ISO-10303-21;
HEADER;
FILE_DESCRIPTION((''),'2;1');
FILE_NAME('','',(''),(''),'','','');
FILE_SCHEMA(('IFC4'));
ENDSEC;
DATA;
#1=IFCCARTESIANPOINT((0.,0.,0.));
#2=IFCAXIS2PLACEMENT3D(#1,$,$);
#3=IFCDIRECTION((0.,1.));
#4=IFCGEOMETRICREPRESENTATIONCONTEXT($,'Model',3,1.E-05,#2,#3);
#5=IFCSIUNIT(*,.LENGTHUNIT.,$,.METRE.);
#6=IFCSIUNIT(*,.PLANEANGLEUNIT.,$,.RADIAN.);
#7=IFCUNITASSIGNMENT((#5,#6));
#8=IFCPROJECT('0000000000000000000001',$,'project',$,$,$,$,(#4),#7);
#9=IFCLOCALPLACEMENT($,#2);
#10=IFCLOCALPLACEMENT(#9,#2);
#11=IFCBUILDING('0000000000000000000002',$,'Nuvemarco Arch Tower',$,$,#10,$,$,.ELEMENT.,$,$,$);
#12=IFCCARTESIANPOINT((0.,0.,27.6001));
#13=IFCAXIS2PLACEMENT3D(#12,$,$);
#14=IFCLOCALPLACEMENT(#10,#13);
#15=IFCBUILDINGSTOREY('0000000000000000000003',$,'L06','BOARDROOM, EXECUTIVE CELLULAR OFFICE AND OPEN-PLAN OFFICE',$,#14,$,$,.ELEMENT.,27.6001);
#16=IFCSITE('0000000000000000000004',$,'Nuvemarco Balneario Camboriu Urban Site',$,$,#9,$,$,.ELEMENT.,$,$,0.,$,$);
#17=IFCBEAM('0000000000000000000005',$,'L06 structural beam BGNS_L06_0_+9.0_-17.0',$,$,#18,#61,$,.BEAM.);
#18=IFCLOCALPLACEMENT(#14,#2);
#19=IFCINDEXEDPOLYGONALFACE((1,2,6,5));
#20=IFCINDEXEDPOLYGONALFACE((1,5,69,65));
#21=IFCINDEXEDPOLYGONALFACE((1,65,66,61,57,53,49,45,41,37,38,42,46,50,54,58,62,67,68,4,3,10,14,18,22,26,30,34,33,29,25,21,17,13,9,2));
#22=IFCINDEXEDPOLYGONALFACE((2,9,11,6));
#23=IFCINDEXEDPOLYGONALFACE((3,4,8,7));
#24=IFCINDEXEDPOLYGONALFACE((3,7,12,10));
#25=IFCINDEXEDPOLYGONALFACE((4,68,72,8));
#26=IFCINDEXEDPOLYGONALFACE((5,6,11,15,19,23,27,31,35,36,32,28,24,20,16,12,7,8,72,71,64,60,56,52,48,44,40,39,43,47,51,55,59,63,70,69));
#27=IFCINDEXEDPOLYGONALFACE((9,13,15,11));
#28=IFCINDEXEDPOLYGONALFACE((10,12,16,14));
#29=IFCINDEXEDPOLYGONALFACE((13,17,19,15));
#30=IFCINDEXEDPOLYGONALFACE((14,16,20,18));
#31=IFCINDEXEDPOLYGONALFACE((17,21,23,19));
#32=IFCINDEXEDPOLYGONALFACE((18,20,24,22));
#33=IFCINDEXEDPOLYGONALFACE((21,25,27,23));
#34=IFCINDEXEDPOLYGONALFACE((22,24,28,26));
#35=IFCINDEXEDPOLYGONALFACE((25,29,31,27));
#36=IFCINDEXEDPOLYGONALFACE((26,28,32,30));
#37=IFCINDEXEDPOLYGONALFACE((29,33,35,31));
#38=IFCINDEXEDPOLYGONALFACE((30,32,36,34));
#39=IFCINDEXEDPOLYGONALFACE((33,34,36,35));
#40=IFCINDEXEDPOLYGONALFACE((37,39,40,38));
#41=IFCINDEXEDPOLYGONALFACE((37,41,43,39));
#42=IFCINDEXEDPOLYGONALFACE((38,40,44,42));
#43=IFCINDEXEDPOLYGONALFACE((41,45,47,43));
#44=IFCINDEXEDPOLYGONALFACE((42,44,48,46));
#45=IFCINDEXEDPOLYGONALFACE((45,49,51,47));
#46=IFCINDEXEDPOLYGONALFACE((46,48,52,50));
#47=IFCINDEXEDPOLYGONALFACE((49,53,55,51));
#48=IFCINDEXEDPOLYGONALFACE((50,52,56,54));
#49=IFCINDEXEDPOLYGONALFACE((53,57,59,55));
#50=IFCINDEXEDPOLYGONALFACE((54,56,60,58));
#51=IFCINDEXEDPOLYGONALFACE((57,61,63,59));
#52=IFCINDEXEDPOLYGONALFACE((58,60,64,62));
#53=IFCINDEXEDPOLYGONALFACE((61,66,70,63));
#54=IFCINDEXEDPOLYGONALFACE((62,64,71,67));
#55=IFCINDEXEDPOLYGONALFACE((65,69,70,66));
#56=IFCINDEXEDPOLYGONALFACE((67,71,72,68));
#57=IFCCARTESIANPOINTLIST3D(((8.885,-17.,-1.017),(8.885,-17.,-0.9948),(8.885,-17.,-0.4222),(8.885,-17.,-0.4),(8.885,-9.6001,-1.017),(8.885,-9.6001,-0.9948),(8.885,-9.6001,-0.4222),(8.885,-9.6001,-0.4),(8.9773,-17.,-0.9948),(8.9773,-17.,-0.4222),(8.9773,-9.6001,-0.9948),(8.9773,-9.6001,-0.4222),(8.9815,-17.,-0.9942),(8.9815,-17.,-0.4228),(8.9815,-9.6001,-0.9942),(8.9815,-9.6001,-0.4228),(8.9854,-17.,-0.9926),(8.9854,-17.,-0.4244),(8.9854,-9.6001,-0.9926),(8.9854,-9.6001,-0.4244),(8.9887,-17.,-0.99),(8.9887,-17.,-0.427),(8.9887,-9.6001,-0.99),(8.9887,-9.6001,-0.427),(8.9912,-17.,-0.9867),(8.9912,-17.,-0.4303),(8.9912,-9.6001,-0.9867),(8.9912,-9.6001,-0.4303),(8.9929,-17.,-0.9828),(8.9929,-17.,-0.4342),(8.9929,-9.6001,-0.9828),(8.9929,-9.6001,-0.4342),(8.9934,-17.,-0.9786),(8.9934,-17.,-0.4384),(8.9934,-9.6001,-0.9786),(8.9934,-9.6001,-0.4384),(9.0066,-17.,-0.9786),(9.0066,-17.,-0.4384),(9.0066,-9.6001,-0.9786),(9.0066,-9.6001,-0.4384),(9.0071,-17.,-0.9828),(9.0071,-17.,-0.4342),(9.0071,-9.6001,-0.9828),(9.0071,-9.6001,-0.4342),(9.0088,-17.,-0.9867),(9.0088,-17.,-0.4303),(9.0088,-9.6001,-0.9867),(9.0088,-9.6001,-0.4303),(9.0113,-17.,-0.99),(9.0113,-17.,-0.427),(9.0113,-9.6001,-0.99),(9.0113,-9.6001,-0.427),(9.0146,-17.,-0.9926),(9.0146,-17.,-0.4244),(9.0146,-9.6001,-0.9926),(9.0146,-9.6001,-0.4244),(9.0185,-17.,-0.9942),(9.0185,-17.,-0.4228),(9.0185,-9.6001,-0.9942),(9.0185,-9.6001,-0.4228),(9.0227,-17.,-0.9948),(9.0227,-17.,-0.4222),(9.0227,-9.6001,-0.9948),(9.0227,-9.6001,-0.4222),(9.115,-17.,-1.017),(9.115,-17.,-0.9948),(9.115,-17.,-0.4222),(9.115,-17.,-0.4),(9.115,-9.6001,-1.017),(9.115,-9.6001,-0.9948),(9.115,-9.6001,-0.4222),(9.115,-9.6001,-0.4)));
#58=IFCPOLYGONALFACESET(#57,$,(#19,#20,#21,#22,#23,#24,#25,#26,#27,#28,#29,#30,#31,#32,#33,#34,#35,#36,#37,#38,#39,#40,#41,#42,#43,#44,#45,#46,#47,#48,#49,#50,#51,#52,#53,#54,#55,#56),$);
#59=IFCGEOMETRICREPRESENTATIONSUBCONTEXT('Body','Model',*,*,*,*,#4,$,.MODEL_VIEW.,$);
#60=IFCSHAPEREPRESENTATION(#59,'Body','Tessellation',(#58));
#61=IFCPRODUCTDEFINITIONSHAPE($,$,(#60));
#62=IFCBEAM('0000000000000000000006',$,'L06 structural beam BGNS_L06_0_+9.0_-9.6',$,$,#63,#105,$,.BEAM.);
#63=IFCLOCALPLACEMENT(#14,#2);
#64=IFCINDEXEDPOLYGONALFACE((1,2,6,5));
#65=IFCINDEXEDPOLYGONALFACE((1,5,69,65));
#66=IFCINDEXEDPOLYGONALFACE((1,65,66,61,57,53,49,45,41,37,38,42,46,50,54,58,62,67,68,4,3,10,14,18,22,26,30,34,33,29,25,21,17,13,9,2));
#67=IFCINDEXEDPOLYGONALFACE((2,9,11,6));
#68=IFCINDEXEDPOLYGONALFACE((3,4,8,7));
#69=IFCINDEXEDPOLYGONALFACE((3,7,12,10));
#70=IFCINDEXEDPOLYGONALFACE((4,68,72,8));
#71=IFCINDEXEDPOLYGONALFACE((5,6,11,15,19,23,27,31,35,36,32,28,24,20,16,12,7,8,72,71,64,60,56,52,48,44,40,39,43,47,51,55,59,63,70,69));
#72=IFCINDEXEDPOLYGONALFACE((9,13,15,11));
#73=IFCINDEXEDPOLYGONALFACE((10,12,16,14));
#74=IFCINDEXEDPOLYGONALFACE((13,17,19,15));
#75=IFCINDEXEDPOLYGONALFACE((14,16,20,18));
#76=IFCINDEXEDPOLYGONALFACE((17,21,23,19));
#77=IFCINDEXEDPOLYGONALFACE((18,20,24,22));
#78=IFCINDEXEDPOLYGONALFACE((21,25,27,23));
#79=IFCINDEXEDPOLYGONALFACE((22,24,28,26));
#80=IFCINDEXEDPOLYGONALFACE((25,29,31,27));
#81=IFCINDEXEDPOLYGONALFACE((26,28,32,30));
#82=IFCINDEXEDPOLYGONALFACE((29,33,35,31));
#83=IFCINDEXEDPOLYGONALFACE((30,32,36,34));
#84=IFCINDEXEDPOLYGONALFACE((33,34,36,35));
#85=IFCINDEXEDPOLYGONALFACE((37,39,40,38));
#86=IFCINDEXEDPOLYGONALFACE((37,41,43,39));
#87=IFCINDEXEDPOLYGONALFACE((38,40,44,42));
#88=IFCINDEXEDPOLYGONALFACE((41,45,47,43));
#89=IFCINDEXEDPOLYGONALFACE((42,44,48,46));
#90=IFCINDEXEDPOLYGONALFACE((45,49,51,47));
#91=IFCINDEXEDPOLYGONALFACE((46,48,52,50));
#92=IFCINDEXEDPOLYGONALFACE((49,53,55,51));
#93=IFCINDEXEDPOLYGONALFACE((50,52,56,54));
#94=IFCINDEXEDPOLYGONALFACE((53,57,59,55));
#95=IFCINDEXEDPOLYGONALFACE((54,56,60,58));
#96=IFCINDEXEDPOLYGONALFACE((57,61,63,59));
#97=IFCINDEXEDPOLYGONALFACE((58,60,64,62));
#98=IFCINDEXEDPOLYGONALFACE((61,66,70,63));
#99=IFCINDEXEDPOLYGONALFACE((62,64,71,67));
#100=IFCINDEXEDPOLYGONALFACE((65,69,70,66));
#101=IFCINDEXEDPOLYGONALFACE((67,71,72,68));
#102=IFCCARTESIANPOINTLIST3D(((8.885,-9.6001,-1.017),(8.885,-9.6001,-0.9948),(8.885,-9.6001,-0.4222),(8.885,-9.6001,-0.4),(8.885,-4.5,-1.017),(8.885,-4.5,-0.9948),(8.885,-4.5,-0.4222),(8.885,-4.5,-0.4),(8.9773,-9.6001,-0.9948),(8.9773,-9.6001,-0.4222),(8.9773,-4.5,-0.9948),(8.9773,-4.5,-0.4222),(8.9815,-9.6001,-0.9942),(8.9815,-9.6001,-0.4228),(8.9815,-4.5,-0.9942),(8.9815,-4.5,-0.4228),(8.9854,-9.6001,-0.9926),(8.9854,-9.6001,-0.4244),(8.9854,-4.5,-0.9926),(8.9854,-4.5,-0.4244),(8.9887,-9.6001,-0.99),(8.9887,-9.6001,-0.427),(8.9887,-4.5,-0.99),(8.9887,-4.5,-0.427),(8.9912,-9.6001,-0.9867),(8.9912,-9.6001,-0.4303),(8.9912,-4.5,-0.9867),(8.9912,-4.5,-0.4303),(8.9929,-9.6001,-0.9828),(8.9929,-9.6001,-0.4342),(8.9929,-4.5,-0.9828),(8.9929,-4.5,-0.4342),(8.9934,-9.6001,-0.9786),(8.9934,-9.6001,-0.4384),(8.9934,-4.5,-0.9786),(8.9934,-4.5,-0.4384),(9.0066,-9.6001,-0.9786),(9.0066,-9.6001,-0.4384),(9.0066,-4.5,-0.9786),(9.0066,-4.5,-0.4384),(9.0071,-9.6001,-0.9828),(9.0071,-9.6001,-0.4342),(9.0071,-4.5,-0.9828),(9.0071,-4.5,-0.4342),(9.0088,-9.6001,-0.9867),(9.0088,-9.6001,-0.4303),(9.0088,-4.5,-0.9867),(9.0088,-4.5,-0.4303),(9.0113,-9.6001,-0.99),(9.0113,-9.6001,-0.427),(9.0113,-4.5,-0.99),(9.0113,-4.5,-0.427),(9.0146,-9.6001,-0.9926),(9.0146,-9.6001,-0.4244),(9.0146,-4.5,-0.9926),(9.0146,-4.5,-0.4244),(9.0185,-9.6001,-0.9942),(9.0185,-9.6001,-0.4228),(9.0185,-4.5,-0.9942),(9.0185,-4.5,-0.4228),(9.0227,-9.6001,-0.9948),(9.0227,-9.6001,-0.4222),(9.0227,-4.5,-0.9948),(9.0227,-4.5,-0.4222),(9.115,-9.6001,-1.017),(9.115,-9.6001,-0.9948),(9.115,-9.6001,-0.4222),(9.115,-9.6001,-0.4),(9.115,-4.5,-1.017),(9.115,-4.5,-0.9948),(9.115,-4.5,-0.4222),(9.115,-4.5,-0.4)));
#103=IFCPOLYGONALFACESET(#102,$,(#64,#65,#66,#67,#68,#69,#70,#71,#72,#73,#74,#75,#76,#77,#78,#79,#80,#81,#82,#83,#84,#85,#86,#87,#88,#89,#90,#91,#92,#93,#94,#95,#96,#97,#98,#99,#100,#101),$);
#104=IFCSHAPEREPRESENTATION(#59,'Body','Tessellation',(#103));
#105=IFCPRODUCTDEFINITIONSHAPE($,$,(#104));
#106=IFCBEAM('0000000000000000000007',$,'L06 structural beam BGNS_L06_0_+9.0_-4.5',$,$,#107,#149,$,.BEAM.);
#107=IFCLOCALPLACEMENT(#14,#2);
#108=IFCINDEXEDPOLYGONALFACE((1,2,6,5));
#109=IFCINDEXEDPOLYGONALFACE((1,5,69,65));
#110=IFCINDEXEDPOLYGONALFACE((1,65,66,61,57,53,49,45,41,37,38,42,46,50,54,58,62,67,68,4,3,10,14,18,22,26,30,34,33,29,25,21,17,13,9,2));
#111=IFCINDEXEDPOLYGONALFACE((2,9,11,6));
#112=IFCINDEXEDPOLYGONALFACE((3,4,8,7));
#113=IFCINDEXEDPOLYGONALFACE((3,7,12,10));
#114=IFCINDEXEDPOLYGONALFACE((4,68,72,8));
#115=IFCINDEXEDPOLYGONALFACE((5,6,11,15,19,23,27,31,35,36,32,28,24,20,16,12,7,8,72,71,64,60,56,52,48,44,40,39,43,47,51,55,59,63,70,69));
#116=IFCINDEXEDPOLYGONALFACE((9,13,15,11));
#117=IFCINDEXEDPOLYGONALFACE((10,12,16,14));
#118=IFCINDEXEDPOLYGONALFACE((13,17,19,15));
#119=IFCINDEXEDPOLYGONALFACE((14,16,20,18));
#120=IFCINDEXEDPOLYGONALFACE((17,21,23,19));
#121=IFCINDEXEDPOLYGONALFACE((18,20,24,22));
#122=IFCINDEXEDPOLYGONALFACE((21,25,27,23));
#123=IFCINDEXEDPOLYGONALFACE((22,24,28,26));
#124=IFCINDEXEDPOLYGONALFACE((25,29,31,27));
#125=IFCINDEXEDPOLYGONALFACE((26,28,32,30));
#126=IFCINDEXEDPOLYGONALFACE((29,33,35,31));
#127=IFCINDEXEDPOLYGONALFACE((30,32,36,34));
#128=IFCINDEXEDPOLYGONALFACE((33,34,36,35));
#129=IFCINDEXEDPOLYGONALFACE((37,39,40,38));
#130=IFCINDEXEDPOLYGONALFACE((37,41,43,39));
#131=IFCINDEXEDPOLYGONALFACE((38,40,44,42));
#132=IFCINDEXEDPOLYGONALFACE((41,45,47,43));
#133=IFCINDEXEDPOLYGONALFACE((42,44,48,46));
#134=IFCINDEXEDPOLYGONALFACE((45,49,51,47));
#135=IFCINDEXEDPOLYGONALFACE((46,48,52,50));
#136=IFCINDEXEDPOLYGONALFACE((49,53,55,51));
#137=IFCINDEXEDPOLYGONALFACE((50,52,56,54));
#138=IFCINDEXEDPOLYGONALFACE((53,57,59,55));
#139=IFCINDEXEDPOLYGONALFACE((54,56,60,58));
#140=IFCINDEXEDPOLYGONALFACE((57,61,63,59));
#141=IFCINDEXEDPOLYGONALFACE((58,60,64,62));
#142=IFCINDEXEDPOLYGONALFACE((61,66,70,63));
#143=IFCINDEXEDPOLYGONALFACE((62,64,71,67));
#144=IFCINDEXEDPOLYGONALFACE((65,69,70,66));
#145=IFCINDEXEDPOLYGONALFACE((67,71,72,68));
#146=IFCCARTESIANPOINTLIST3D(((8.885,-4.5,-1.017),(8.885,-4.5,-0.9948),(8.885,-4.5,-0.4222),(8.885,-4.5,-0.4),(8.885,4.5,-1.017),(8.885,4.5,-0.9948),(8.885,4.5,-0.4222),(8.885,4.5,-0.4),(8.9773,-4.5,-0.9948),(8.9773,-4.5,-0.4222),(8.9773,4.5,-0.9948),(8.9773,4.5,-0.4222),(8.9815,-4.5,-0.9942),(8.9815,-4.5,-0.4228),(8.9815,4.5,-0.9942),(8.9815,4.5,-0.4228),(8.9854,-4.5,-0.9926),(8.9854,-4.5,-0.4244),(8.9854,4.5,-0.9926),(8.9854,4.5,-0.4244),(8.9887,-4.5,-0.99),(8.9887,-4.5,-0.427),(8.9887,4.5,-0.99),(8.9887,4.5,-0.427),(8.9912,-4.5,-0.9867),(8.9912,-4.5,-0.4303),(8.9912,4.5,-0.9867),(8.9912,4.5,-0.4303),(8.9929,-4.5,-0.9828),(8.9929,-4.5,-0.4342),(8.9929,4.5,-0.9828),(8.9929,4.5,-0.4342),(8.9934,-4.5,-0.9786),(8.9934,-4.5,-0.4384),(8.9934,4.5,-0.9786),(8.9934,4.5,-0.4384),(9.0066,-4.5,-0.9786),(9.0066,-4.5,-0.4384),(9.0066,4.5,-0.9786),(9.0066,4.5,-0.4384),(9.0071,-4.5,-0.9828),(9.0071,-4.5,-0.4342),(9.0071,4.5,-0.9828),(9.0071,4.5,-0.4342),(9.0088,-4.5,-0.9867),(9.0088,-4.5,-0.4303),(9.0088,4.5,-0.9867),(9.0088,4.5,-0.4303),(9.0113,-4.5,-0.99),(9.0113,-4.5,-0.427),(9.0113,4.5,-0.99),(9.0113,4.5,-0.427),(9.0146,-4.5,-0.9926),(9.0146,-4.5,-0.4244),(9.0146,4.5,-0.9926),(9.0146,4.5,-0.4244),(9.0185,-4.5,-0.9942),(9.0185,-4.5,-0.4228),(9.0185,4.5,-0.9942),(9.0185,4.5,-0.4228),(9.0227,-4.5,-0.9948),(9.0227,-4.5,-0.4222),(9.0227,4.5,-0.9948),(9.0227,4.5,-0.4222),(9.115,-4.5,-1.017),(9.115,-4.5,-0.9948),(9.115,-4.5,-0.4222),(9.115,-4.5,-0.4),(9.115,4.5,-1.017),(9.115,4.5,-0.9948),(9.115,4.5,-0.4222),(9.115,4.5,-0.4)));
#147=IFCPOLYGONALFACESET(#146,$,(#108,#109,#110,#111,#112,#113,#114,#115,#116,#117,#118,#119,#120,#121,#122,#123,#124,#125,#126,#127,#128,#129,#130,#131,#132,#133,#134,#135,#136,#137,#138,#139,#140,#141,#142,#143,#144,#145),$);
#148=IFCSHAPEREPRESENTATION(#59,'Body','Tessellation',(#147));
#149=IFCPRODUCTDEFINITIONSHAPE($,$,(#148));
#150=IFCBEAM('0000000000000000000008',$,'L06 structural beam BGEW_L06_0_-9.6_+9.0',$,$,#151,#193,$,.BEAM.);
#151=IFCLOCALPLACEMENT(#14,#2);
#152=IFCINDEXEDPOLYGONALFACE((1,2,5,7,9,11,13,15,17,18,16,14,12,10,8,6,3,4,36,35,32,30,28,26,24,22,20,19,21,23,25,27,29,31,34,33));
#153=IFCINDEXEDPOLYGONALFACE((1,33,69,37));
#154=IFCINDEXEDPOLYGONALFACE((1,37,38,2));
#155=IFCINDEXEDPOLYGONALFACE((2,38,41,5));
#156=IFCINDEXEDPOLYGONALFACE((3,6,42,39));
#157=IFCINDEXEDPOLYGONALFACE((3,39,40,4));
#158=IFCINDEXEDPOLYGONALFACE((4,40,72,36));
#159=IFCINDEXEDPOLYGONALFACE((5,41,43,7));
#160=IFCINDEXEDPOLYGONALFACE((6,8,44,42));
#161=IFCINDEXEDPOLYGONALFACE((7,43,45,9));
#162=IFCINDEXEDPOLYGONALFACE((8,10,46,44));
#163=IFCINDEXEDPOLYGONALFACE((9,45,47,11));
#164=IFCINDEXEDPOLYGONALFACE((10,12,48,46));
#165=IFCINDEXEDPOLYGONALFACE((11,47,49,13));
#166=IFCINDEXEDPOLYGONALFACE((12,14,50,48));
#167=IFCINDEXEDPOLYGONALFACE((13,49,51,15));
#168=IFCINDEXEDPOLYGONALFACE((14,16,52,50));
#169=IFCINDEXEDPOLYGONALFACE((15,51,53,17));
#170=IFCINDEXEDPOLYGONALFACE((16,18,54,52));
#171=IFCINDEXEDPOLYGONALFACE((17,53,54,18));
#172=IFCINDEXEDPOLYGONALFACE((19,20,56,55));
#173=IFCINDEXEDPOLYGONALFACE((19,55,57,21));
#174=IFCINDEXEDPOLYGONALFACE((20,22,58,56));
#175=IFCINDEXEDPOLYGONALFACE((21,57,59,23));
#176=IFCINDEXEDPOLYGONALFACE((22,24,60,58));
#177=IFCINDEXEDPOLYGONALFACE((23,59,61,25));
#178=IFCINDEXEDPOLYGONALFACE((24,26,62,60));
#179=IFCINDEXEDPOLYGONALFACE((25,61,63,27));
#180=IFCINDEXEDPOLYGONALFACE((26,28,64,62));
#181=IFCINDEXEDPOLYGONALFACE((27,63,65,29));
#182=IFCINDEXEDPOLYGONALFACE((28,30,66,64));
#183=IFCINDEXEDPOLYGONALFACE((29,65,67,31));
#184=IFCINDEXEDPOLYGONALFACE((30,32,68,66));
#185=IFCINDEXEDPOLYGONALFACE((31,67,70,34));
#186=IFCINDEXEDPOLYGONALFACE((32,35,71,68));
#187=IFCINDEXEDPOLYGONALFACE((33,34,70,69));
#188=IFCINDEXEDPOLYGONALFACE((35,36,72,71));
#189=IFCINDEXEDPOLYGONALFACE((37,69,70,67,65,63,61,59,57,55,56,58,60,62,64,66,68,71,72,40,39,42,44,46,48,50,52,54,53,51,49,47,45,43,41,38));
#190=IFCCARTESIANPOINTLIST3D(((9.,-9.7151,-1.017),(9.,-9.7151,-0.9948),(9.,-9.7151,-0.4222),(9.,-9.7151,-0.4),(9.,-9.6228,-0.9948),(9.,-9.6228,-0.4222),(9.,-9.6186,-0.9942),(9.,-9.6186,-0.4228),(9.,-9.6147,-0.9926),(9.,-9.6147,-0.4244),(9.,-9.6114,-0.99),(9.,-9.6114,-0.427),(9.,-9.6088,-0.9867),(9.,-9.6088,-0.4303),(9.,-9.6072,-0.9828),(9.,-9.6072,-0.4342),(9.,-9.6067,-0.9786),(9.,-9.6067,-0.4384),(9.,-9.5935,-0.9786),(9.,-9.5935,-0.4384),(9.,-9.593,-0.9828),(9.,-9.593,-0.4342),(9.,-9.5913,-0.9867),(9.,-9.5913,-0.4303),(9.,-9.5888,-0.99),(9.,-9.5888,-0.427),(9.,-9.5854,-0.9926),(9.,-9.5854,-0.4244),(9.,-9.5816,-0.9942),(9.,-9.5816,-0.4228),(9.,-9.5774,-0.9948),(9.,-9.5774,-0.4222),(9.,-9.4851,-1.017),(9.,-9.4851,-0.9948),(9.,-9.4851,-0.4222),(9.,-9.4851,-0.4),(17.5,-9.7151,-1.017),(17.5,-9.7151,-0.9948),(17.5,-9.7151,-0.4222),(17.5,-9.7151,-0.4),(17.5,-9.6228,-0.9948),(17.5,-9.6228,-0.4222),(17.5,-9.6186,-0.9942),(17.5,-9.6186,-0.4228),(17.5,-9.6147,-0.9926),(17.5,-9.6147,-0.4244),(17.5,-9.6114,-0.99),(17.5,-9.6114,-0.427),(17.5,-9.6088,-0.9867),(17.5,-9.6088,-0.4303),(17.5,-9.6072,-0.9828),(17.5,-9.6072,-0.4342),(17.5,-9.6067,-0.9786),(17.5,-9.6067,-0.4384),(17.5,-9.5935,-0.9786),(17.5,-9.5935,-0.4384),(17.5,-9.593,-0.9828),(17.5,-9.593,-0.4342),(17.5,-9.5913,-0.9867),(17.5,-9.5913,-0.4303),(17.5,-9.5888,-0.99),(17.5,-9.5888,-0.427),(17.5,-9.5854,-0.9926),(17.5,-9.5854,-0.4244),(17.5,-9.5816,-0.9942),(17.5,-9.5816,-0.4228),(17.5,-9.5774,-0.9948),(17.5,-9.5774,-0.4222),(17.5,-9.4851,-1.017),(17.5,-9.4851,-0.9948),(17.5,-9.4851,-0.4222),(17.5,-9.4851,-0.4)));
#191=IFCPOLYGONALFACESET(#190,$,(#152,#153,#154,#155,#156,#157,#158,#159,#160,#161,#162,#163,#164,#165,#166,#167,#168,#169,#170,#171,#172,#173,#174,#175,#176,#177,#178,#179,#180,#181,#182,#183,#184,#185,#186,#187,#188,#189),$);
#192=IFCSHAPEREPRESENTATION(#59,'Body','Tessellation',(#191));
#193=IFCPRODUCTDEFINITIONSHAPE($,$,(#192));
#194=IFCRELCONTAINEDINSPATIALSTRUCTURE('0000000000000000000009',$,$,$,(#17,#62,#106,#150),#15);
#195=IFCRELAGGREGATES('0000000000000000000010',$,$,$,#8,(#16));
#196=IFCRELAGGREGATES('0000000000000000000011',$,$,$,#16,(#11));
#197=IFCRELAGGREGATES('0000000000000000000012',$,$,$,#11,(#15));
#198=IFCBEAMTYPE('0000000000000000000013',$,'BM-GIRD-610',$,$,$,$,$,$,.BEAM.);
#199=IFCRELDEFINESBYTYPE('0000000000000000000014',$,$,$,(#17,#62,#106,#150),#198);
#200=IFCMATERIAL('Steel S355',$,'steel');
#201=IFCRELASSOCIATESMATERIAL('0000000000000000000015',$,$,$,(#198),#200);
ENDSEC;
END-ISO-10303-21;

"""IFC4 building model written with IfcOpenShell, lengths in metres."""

from ifc_helpers import new_model, si_unit, direction, frame, origin, origin_2d, place, context, subcontext, project, spatial, i_section, extrude, material, material_profile, profile_set, type_object, element, save


model = new_model("IFC4")

# Units and contexts
model_context = context("Model", 3, precision=1e-05, world=origin(), true_north=direction((0.0, 1.0)))
body_context = subcontext(model_context, "Body", "Model", "MODEL_VIEW")
ifc_project = project(units=[si_unit("LENGTHUNIT", "METRE"), si_unit("PLANEANGLEUNIT", "RADIAN")], contexts=[model_context])

# Site, building, storey
site_placement = place(None, origin())
site = spatial("IfcSite", under=ifc_project, at=site_placement, Name="Nuvemarco Balneario Camboriu Urban Site", CompositionType="ELEMENT", RefElevation=0.0)
building_placement = place(site_placement, origin())
building = spatial("IfcBuilding", under=site, at=building_placement, Name="Nuvemarco Arch Tower", CompositionType="ELEMENT")
storey_placement = place(building_placement, frame((0.0, 0.0, 27.6001)))
storey = spatial("IfcBuildingStorey", under=building, at=storey_placement, Name="L06", Description="BOARDROOM, EXECUTIVE CELLULAR OFFICE AND OPEN-PLAN OFFICE", CompositionType="ELEMENT", Elevation=27.6001)

# Shared definitions
ifc_material_1 = material(Name="Steel S355", Category="steel")

# Beams
ifc_material_profile_1 = material_profile(ifc_material_1, i_section(OverallWidth=0.23, OverallDepth=0.6169, WebThickness=0.0132, FlangeThickness=0.0222, FilletRadius=0.0161, at=origin_2d()), Name="W610x140")
ifc_profile_set_1 = profile_set([ifc_material_profile_1], Name="Steel S355")
beam_type_1 = type_object("IfcBeamType", Name="BM-GIRD-610", PredefinedType="BEAM", material=ifc_profile_set_1)
beam_1_placement = place(storey_placement, frame((9.0, -17.0, -0.7085), z_axis=(0.0, 1.0, 0.0), x_axis=(-1.0, 0.0, 0.0)))
element("IfcBeam", 1, at=beam_1_placement, inside=storey, type_object=beam_type_1, Name="L06 structural beam BGNS_L06_0_+9.0_-17.0", PredefinedType="BEAM", context=body_context, shape_type="SweptSolid", body=[
    extrude(i_section(OverallWidth=0.23, OverallDepth=0.6169, WebThickness=0.0132, FlangeThickness=0.0222, FilletRadius=0.0161, at=origin_2d()), origin(), (0.0, 0.0, 1.0), 7.3999),
])
beam_2_placement = place(storey_placement, frame((9.0, -9.6001, -0.7085), z_axis=(0.0, 1.0, 0.0), x_axis=(-1.0, 0.0, 0.0)))
element("IfcBeam", 2, at=beam_2_placement, inside=storey, type_object=beam_type_1, Name="L06 structural beam BGNS_L06_0_+9.0_-9.6", PredefinedType="BEAM", context=body_context, shape_type="SweptSolid", body=[
    extrude(i_section(OverallWidth=0.23, OverallDepth=0.6169, WebThickness=0.0132, FlangeThickness=0.0222, FilletRadius=0.0161, at=origin_2d()), origin(), (0.0, 0.0, 1.0), 5.1001),
])
beam_3_placement = place(storey_placement, frame((9.0, -4.5, -0.7085), z_axis=(0.0, 1.0, 0.0), x_axis=(-1.0, 0.0, 0.0)))
element("IfcBeam", 3, at=beam_3_placement, inside=storey, type_object=beam_type_1, Name="L06 structural beam BGNS_L06_0_+9.0_-4.5", PredefinedType="BEAM", context=body_context, shape_type="SweptSolid", body=[
    extrude(i_section(OverallWidth=0.23, OverallDepth=0.6169, WebThickness=0.0132, FlangeThickness=0.0222, FilletRadius=0.0161, at=origin_2d()), origin(), (0.0, 0.0, 1.0), 9.0),
])
beam_4_placement = place(storey_placement, frame((9.0, -9.6001, -0.7085), z_axis=(1.0, 0.0, 0.0), x_axis=(0.0, 1.0, 0.0)))
element("IfcBeam", 4, at=beam_4_placement, inside=storey, type_object=beam_type_1, Name="L06 structural beam BGEW_L06_0_-9.6_+9.0", PredefinedType="BEAM", context=body_context, shape_type="SweptSolid", body=[
    extrude(i_section(OverallWidth=0.23, OverallDepth=0.6169, WebThickness=0.0132, FlangeThickness=0.0222, FilletRadius=0.0161, at=origin_2d()), origin(), (0.0, 0.0, 1.0), 8.5),
])

save(model, "model.ifc")
